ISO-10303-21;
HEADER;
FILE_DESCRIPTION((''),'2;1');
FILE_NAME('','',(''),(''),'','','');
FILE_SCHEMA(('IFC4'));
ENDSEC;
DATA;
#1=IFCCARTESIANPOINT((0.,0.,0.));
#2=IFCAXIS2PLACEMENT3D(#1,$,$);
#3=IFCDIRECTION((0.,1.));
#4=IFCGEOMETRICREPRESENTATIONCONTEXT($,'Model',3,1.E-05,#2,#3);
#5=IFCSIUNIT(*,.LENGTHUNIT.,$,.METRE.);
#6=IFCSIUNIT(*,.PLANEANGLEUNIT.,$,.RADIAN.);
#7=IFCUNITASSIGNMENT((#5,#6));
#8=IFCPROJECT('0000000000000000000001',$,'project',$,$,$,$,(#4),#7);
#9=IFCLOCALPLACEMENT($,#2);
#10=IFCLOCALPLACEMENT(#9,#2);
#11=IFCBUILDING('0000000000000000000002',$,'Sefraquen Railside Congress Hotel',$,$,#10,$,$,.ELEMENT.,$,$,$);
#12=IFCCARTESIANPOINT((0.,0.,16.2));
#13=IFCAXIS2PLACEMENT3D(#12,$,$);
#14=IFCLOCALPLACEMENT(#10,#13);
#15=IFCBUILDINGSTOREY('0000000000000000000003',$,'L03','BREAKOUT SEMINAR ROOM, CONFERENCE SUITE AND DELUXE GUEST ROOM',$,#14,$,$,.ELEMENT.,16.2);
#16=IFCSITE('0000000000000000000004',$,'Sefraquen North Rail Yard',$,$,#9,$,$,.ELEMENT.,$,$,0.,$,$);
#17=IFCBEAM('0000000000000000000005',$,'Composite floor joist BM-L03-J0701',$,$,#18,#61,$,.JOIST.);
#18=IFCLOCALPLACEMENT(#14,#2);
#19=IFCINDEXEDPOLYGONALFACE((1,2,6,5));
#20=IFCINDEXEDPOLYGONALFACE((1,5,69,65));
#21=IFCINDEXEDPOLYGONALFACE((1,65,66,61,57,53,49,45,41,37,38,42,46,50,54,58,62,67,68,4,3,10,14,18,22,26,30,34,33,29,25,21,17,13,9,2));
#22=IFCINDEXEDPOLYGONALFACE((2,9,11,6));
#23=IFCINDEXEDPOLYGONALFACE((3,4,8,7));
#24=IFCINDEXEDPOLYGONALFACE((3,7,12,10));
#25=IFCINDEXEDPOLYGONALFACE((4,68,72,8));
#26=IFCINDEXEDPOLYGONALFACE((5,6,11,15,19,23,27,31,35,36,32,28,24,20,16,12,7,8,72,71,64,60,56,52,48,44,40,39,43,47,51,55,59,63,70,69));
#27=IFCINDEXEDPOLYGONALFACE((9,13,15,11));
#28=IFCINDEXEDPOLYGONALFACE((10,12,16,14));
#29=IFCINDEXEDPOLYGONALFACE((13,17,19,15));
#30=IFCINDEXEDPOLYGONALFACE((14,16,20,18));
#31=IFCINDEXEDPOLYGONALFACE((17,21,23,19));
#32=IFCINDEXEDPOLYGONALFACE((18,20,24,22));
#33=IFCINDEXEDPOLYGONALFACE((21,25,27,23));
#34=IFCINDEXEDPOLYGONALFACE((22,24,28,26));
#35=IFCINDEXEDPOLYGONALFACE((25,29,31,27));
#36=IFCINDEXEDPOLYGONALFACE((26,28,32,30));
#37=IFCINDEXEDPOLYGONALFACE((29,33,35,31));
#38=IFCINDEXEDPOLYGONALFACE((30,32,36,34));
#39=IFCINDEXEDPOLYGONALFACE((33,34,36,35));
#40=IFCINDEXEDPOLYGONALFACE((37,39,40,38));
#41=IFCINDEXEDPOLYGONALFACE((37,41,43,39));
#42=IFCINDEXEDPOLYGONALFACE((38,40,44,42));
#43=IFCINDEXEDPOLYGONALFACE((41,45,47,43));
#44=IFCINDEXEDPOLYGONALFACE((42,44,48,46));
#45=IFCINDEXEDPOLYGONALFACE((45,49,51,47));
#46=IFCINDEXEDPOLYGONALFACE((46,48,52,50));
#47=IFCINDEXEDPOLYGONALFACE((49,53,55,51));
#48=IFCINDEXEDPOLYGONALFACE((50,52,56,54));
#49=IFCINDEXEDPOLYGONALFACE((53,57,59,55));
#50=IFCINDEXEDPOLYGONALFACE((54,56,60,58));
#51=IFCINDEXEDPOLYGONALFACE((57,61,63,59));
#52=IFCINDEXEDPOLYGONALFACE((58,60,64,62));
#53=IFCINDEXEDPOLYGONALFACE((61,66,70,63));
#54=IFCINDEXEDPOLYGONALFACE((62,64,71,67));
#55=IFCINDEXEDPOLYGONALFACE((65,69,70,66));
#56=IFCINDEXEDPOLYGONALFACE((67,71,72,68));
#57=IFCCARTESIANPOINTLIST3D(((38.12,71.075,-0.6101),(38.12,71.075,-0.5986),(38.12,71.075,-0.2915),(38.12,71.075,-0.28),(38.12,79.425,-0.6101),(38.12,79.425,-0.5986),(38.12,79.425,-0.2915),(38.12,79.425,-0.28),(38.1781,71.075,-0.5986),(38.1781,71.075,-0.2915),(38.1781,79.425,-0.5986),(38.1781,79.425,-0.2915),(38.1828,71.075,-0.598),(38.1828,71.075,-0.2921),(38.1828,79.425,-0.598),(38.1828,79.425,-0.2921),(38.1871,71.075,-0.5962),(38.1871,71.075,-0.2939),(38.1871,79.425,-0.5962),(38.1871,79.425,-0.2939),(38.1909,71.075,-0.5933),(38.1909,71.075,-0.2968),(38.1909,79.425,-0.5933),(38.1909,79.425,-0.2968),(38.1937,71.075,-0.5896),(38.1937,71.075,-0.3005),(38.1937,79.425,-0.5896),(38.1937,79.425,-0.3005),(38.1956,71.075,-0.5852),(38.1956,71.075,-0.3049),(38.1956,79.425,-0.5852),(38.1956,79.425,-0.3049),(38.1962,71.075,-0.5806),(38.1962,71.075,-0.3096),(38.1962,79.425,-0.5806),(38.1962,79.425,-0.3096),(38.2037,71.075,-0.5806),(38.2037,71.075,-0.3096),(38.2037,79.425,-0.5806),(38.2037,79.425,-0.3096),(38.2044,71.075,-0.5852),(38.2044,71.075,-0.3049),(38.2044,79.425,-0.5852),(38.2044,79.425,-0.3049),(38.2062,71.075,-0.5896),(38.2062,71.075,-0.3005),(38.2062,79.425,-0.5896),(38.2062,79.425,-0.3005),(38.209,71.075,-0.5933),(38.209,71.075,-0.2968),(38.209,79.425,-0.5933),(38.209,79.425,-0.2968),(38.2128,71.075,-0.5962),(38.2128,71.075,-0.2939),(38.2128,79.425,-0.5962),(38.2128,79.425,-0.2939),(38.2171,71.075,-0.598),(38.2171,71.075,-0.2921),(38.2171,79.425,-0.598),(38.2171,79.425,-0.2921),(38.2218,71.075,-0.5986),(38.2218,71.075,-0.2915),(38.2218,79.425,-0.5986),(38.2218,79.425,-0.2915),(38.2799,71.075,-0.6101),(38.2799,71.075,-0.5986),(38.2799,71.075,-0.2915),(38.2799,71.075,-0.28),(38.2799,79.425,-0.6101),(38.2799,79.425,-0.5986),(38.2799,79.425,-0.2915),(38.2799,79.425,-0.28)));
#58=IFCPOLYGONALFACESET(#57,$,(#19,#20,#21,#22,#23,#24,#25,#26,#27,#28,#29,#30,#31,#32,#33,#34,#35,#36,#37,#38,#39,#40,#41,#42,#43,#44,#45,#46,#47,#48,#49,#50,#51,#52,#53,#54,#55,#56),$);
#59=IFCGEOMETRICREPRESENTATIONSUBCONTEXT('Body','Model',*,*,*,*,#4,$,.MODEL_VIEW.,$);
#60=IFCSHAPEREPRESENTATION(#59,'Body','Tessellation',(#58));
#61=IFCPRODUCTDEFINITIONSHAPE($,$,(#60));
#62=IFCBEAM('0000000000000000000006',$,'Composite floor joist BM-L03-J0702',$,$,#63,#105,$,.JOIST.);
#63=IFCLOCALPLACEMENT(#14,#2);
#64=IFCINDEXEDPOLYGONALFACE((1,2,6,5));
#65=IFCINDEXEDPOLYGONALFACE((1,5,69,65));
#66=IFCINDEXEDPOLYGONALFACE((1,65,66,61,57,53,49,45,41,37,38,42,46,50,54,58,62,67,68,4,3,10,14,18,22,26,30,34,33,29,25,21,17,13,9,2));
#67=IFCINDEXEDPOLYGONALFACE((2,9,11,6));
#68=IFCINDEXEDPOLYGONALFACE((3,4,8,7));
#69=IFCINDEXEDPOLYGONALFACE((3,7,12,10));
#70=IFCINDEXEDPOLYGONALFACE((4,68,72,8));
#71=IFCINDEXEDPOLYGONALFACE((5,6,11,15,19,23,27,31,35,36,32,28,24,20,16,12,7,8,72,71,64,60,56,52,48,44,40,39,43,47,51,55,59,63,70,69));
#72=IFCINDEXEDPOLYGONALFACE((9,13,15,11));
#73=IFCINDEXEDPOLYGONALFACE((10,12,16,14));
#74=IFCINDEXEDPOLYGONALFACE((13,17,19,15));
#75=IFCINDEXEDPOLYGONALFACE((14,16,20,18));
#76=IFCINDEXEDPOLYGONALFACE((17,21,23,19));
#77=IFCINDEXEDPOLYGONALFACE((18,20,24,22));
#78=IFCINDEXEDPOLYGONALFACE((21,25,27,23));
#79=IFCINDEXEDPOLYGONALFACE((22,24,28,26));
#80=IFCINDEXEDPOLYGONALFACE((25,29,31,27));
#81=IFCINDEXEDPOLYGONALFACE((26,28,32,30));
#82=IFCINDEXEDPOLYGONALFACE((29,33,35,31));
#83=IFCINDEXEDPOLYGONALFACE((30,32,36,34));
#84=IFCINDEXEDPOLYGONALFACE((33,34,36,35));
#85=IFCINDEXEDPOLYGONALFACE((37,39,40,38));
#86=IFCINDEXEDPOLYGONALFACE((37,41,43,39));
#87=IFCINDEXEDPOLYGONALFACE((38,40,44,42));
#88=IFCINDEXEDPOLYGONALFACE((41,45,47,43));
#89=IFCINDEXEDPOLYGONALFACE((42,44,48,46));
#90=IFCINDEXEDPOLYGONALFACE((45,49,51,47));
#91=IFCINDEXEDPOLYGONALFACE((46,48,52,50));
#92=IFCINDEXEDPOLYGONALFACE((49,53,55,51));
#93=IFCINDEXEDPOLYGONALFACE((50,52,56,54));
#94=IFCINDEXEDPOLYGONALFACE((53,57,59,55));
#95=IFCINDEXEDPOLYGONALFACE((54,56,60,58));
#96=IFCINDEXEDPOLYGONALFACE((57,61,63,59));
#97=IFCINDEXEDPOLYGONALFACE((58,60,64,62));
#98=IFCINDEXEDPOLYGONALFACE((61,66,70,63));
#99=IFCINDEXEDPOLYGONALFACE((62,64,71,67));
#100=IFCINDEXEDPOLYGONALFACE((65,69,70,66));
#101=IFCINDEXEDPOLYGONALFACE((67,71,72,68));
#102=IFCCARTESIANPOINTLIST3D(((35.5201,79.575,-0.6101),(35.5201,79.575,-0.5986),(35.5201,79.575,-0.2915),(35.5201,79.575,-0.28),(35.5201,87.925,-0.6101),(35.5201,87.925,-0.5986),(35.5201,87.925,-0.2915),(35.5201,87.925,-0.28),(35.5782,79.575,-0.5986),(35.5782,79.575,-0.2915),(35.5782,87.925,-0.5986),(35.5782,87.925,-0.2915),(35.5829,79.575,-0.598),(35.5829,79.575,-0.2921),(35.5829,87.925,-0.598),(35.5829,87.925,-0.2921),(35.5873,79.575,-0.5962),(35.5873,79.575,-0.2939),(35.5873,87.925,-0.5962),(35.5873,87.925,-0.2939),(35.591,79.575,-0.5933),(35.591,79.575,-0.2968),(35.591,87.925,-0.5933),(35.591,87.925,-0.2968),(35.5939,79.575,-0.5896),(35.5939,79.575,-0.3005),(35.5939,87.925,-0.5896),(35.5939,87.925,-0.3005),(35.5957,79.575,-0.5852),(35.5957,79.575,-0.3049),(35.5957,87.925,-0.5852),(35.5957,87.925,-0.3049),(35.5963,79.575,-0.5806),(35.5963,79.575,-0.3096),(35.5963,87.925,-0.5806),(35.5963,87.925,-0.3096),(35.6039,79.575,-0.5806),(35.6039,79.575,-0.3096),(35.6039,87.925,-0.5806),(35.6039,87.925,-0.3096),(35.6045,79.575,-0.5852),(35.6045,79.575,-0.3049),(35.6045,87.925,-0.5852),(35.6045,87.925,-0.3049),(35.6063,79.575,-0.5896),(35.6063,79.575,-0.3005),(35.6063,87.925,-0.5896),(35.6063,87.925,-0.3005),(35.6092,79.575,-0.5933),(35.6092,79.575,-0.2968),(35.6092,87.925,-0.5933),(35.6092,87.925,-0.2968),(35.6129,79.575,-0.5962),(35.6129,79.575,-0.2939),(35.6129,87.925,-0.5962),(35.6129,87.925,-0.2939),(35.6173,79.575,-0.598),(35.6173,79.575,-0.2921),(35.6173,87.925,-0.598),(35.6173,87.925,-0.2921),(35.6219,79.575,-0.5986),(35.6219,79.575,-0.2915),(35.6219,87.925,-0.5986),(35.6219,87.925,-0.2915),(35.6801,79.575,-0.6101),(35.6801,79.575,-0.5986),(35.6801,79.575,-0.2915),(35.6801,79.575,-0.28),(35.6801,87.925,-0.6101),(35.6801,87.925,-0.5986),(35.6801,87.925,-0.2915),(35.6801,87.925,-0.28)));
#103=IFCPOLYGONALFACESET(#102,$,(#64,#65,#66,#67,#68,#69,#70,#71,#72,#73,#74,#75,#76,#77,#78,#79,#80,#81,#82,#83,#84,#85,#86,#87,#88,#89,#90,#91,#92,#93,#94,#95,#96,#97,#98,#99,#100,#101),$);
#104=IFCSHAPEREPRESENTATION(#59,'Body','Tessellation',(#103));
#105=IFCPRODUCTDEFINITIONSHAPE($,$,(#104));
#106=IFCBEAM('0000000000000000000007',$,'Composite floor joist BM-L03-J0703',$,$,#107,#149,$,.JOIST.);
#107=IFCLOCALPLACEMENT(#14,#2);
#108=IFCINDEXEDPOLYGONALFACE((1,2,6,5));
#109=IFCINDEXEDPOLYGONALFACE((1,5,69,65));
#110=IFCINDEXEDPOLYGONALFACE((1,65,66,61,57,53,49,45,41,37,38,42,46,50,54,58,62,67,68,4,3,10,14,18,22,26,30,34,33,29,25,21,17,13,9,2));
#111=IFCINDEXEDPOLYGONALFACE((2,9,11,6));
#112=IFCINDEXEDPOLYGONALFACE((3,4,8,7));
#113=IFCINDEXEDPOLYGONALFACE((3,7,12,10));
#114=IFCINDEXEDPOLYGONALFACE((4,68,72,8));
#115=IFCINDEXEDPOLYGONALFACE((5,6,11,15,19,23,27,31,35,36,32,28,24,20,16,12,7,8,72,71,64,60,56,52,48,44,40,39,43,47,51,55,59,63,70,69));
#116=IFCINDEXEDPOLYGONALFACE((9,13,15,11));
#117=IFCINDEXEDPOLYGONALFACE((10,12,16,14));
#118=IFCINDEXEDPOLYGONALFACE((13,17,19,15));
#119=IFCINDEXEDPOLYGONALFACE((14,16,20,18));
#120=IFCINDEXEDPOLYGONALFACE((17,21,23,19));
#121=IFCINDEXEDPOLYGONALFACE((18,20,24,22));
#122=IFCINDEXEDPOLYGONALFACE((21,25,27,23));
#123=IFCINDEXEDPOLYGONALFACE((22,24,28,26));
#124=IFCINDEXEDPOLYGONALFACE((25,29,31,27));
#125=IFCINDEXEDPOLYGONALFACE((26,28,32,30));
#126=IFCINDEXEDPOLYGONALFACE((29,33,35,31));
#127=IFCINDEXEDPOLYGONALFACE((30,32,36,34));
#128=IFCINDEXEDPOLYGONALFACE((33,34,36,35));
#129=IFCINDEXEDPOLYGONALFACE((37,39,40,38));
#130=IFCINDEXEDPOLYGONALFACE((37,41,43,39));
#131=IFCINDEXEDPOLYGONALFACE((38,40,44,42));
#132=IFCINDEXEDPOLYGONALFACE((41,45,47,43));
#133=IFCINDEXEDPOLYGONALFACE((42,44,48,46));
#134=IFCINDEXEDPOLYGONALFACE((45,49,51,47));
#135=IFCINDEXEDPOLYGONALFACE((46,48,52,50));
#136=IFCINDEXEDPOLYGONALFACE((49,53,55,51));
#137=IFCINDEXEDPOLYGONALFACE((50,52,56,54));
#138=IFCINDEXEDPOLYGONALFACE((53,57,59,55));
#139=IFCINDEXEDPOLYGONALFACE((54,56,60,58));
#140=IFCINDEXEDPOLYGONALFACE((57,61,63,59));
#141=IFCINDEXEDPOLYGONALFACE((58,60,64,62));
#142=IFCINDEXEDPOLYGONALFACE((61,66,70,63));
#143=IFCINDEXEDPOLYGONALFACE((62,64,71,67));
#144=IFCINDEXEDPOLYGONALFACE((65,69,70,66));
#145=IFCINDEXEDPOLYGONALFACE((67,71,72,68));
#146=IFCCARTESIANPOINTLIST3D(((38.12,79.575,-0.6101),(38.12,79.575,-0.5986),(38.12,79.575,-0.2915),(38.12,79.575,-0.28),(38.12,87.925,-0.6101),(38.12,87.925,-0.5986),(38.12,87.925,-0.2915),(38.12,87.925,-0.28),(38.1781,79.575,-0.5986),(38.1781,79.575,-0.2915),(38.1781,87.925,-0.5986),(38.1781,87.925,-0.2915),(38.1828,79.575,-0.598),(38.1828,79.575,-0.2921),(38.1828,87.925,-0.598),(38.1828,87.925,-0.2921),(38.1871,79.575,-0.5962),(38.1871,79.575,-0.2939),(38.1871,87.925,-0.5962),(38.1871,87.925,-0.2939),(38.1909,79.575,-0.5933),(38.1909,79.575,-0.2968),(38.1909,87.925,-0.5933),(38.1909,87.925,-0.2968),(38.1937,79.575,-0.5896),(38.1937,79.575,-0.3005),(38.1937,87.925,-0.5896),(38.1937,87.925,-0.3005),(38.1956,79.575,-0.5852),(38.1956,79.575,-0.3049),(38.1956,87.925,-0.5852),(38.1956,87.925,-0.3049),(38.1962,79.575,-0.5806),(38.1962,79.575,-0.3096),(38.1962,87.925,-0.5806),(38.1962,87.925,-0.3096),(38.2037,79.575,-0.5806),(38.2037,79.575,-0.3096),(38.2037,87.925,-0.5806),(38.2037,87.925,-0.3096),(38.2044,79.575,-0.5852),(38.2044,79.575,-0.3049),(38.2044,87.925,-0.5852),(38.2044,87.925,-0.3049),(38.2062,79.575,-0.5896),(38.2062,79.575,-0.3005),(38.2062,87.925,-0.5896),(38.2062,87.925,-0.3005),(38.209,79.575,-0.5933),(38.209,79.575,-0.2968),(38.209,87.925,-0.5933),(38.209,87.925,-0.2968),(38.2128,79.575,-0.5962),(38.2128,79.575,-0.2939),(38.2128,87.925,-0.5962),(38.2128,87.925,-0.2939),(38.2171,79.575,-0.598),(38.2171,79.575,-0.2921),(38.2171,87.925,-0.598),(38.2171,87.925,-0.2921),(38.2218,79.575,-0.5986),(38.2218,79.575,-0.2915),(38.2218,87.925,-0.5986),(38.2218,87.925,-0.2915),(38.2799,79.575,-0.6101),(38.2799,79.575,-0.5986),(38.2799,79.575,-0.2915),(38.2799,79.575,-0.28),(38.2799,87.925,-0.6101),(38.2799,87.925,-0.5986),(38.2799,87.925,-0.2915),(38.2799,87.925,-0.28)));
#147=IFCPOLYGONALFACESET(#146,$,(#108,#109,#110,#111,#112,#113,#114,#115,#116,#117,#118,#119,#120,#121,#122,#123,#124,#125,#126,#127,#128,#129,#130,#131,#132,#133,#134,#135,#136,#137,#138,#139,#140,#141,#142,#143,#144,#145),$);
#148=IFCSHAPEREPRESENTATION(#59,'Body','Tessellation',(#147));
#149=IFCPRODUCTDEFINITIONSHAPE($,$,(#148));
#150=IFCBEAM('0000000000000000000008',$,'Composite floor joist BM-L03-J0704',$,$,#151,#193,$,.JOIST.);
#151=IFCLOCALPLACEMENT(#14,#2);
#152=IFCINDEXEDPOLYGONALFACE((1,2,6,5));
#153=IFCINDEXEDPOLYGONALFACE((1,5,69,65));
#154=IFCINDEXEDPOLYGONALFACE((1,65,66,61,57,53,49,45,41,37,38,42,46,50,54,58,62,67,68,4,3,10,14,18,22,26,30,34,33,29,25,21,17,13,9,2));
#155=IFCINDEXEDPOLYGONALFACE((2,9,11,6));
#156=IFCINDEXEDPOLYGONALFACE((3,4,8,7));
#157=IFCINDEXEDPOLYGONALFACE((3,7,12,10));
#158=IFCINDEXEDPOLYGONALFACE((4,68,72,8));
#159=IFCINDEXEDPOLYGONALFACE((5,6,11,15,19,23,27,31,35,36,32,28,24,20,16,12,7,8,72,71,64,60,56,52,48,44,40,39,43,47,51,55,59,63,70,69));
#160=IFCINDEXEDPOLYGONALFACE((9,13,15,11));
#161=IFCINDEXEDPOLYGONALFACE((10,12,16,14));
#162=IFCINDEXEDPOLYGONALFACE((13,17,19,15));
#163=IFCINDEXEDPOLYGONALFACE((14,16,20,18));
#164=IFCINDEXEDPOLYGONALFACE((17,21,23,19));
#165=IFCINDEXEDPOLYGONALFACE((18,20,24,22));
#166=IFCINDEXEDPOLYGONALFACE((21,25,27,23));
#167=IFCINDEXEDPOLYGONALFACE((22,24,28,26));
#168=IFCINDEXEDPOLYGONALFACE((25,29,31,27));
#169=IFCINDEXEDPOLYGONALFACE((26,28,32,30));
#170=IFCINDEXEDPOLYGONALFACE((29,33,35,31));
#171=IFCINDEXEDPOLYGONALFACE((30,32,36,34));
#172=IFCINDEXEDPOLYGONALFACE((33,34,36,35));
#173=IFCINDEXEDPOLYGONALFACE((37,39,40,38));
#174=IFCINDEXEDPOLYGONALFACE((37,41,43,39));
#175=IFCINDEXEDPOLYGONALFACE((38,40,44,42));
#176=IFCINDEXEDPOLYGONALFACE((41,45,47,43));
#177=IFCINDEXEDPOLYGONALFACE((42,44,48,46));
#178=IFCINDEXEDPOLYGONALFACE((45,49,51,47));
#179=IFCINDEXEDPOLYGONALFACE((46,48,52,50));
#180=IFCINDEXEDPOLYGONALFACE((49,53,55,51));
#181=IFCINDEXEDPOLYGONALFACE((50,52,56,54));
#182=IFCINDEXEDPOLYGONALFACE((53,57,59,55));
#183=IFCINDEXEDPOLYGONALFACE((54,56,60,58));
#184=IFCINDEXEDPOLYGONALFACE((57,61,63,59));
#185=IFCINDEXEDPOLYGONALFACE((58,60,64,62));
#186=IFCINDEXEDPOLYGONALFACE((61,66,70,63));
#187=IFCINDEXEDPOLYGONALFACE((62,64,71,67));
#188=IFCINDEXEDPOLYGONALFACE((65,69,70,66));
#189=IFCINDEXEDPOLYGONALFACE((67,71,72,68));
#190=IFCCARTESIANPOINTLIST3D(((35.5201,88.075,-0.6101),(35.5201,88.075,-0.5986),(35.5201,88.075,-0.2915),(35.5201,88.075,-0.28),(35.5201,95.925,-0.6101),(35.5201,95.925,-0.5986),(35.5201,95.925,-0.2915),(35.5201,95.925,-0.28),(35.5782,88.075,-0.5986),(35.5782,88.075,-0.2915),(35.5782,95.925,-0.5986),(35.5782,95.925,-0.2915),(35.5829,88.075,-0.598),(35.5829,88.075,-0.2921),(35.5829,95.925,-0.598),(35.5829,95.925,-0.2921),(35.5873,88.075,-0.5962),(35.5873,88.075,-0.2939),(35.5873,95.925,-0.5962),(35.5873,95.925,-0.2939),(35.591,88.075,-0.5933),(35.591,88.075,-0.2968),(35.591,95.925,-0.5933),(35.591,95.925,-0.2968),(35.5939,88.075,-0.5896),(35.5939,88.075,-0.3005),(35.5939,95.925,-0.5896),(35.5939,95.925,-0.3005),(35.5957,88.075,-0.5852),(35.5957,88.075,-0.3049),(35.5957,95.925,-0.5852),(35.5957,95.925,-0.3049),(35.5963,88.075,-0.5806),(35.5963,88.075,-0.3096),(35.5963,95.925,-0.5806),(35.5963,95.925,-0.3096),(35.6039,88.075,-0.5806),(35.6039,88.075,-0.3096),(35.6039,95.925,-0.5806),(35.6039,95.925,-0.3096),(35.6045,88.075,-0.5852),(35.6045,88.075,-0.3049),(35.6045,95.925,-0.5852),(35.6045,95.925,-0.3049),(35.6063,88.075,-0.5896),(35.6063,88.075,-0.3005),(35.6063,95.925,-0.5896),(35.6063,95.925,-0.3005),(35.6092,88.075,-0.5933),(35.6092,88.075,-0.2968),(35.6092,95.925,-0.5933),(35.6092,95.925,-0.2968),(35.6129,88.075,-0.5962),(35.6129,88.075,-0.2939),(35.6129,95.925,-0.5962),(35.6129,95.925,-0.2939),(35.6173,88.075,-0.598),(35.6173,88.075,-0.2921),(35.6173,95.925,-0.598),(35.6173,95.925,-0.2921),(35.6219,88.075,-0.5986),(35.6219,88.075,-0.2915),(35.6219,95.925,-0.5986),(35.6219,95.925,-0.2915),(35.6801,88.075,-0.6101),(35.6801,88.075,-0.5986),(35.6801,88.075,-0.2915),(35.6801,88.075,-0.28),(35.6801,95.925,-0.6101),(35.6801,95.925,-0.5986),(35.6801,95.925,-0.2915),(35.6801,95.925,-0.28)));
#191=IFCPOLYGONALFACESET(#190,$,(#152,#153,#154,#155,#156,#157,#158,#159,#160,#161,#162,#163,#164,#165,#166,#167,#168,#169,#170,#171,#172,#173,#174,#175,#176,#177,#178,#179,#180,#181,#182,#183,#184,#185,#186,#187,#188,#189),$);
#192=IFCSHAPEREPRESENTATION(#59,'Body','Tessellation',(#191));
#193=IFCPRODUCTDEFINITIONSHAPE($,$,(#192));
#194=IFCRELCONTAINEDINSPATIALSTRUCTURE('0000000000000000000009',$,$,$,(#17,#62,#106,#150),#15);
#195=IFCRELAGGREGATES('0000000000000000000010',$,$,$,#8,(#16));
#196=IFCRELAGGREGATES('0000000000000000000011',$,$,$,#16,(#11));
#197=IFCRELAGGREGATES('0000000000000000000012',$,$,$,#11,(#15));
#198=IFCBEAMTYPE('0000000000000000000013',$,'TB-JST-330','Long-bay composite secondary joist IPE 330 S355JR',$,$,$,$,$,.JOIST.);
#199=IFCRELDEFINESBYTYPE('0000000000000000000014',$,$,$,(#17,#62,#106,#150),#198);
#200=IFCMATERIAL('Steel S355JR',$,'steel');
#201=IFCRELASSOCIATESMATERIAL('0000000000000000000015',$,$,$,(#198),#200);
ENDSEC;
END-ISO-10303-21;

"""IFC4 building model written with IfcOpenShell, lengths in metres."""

from ifc_helpers import new_model, si_unit, direction, frame, origin, origin_2d, place, context, subcontext, project, spatial, i_section, extrude, material, material_profile, profile_set, type_object, element, save


model = new_model("IFC4")

# Units and contexts
model_context = context("Model", 3, precision=1e-05, world=origin(), true_north=direction((0.0, 1.0)))
body_context = subcontext(model_context, "Body", "Model", "MODEL_VIEW")
ifc_project = project(units=[si_unit("LENGTHUNIT", "METRE"), si_unit("PLANEANGLEUNIT", "RADIAN")], contexts=[model_context])

# Site, building, storey
site_placement = place(None, origin())
site = spatial("IfcSite", under=ifc_project, at=site_placement, Name="Sefraquen North Rail Yard", CompositionType="ELEMENT", RefElevation=0.0)
building_placement = place(site_placement, origin())
building = spatial("IfcBuilding", under=site, at=building_placement, Name="Sefraquen Railside Congress Hotel", CompositionType="ELEMENT")
storey_placement = place(building_placement, frame((0.0, 0.0, 16.2)))
storey = spatial("IfcBuildingStorey", under=building, at=storey_placement, Name="L03", Description="BREAKOUT SEMINAR ROOM, CONFERENCE SUITE AND DELUXE GUEST ROOM", CompositionType="ELEMENT", Elevation=16.2)

# Shared definitions
ifc_material_1 = material(Name="Steel S355JR", Category="steel")

# Beams
ifc_material_profile_1 = material_profile(ifc_material_1, i_section(OverallWidth=0.1599, OverallDepth=0.3301, WebThickness=0.0076, FlangeThickness=0.0115, FilletRadius=0.0181, at=origin_2d()), Name="IPE 330")
ifc_profile_set_1 = profile_set([ifc_material_profile_1], Name="Steel S355JR")
beam_type_1 = type_object("IfcBeamType", Name="TB-JST-330", Description="Long-bay composite secondary joist IPE 330 S355JR", PredefinedType="JOIST", material=ifc_profile_set_1)
for number, where, z_axis, x_axis, name in (
    (1, (38.2, 71.075, -0.4451), (0.0, 1.0, 0.0), (-1.0, 0.0, 0.0), "Composite floor joist BM-L03-J0701"),
    (2, (35.6001, 79.575, -0.4451), (0.0, 1.0, 0.0), (-1.0, 0.0, 0.0), "Composite floor joist BM-L03-J0702"),
    (3, (38.2, 79.575, -0.4451), (0.0, 1.0, 0.0), (-1.0, 0.0, 0.0), "Composite floor joist BM-L03-J0703"),
):
    element("IfcBeam", number, at=place(storey_placement, frame(where, z_axis=z_axis, x_axis=x_axis)), inside=storey, type_object=beam_type_1, Name=name, PredefinedType="JOIST", context=body_context, shape_type="SweptSolid", body=[
        extrude(i_section(OverallWidth=0.1599, OverallDepth=0.3301, WebThickness=0.0076, FlangeThickness=0.0115, FilletRadius=0.0181, at=origin_2d()), origin(), (0.0, 0.0, 1.0), 8.3501),
    ])
for number, where, z_axis, x_axis, name in (
    (4, (35.6001, 88.075, -0.4451), (0.0, 1.0, 0.0), (-1.0, 0.0, 0.0), "Composite floor joist BM-L03-J0704"),
):
    element("IfcBeam", number, at=place(storey_placement, frame(where, z_axis=z_axis, x_axis=x_axis)), inside=storey, type_object=beam_type_1, Name=name, PredefinedType="JOIST", context=body_context, shape_type="SweptSolid", body=[
        extrude(i_section(OverallWidth=0.1599, OverallDepth=0.3301, WebThickness=0.0076, FlangeThickness=0.0115, FilletRadius=0.0181, at=origin_2d()), origin(), (0.0, 0.0, 1.0), 7.8501),
    ])

save(model, "model.ifc")
